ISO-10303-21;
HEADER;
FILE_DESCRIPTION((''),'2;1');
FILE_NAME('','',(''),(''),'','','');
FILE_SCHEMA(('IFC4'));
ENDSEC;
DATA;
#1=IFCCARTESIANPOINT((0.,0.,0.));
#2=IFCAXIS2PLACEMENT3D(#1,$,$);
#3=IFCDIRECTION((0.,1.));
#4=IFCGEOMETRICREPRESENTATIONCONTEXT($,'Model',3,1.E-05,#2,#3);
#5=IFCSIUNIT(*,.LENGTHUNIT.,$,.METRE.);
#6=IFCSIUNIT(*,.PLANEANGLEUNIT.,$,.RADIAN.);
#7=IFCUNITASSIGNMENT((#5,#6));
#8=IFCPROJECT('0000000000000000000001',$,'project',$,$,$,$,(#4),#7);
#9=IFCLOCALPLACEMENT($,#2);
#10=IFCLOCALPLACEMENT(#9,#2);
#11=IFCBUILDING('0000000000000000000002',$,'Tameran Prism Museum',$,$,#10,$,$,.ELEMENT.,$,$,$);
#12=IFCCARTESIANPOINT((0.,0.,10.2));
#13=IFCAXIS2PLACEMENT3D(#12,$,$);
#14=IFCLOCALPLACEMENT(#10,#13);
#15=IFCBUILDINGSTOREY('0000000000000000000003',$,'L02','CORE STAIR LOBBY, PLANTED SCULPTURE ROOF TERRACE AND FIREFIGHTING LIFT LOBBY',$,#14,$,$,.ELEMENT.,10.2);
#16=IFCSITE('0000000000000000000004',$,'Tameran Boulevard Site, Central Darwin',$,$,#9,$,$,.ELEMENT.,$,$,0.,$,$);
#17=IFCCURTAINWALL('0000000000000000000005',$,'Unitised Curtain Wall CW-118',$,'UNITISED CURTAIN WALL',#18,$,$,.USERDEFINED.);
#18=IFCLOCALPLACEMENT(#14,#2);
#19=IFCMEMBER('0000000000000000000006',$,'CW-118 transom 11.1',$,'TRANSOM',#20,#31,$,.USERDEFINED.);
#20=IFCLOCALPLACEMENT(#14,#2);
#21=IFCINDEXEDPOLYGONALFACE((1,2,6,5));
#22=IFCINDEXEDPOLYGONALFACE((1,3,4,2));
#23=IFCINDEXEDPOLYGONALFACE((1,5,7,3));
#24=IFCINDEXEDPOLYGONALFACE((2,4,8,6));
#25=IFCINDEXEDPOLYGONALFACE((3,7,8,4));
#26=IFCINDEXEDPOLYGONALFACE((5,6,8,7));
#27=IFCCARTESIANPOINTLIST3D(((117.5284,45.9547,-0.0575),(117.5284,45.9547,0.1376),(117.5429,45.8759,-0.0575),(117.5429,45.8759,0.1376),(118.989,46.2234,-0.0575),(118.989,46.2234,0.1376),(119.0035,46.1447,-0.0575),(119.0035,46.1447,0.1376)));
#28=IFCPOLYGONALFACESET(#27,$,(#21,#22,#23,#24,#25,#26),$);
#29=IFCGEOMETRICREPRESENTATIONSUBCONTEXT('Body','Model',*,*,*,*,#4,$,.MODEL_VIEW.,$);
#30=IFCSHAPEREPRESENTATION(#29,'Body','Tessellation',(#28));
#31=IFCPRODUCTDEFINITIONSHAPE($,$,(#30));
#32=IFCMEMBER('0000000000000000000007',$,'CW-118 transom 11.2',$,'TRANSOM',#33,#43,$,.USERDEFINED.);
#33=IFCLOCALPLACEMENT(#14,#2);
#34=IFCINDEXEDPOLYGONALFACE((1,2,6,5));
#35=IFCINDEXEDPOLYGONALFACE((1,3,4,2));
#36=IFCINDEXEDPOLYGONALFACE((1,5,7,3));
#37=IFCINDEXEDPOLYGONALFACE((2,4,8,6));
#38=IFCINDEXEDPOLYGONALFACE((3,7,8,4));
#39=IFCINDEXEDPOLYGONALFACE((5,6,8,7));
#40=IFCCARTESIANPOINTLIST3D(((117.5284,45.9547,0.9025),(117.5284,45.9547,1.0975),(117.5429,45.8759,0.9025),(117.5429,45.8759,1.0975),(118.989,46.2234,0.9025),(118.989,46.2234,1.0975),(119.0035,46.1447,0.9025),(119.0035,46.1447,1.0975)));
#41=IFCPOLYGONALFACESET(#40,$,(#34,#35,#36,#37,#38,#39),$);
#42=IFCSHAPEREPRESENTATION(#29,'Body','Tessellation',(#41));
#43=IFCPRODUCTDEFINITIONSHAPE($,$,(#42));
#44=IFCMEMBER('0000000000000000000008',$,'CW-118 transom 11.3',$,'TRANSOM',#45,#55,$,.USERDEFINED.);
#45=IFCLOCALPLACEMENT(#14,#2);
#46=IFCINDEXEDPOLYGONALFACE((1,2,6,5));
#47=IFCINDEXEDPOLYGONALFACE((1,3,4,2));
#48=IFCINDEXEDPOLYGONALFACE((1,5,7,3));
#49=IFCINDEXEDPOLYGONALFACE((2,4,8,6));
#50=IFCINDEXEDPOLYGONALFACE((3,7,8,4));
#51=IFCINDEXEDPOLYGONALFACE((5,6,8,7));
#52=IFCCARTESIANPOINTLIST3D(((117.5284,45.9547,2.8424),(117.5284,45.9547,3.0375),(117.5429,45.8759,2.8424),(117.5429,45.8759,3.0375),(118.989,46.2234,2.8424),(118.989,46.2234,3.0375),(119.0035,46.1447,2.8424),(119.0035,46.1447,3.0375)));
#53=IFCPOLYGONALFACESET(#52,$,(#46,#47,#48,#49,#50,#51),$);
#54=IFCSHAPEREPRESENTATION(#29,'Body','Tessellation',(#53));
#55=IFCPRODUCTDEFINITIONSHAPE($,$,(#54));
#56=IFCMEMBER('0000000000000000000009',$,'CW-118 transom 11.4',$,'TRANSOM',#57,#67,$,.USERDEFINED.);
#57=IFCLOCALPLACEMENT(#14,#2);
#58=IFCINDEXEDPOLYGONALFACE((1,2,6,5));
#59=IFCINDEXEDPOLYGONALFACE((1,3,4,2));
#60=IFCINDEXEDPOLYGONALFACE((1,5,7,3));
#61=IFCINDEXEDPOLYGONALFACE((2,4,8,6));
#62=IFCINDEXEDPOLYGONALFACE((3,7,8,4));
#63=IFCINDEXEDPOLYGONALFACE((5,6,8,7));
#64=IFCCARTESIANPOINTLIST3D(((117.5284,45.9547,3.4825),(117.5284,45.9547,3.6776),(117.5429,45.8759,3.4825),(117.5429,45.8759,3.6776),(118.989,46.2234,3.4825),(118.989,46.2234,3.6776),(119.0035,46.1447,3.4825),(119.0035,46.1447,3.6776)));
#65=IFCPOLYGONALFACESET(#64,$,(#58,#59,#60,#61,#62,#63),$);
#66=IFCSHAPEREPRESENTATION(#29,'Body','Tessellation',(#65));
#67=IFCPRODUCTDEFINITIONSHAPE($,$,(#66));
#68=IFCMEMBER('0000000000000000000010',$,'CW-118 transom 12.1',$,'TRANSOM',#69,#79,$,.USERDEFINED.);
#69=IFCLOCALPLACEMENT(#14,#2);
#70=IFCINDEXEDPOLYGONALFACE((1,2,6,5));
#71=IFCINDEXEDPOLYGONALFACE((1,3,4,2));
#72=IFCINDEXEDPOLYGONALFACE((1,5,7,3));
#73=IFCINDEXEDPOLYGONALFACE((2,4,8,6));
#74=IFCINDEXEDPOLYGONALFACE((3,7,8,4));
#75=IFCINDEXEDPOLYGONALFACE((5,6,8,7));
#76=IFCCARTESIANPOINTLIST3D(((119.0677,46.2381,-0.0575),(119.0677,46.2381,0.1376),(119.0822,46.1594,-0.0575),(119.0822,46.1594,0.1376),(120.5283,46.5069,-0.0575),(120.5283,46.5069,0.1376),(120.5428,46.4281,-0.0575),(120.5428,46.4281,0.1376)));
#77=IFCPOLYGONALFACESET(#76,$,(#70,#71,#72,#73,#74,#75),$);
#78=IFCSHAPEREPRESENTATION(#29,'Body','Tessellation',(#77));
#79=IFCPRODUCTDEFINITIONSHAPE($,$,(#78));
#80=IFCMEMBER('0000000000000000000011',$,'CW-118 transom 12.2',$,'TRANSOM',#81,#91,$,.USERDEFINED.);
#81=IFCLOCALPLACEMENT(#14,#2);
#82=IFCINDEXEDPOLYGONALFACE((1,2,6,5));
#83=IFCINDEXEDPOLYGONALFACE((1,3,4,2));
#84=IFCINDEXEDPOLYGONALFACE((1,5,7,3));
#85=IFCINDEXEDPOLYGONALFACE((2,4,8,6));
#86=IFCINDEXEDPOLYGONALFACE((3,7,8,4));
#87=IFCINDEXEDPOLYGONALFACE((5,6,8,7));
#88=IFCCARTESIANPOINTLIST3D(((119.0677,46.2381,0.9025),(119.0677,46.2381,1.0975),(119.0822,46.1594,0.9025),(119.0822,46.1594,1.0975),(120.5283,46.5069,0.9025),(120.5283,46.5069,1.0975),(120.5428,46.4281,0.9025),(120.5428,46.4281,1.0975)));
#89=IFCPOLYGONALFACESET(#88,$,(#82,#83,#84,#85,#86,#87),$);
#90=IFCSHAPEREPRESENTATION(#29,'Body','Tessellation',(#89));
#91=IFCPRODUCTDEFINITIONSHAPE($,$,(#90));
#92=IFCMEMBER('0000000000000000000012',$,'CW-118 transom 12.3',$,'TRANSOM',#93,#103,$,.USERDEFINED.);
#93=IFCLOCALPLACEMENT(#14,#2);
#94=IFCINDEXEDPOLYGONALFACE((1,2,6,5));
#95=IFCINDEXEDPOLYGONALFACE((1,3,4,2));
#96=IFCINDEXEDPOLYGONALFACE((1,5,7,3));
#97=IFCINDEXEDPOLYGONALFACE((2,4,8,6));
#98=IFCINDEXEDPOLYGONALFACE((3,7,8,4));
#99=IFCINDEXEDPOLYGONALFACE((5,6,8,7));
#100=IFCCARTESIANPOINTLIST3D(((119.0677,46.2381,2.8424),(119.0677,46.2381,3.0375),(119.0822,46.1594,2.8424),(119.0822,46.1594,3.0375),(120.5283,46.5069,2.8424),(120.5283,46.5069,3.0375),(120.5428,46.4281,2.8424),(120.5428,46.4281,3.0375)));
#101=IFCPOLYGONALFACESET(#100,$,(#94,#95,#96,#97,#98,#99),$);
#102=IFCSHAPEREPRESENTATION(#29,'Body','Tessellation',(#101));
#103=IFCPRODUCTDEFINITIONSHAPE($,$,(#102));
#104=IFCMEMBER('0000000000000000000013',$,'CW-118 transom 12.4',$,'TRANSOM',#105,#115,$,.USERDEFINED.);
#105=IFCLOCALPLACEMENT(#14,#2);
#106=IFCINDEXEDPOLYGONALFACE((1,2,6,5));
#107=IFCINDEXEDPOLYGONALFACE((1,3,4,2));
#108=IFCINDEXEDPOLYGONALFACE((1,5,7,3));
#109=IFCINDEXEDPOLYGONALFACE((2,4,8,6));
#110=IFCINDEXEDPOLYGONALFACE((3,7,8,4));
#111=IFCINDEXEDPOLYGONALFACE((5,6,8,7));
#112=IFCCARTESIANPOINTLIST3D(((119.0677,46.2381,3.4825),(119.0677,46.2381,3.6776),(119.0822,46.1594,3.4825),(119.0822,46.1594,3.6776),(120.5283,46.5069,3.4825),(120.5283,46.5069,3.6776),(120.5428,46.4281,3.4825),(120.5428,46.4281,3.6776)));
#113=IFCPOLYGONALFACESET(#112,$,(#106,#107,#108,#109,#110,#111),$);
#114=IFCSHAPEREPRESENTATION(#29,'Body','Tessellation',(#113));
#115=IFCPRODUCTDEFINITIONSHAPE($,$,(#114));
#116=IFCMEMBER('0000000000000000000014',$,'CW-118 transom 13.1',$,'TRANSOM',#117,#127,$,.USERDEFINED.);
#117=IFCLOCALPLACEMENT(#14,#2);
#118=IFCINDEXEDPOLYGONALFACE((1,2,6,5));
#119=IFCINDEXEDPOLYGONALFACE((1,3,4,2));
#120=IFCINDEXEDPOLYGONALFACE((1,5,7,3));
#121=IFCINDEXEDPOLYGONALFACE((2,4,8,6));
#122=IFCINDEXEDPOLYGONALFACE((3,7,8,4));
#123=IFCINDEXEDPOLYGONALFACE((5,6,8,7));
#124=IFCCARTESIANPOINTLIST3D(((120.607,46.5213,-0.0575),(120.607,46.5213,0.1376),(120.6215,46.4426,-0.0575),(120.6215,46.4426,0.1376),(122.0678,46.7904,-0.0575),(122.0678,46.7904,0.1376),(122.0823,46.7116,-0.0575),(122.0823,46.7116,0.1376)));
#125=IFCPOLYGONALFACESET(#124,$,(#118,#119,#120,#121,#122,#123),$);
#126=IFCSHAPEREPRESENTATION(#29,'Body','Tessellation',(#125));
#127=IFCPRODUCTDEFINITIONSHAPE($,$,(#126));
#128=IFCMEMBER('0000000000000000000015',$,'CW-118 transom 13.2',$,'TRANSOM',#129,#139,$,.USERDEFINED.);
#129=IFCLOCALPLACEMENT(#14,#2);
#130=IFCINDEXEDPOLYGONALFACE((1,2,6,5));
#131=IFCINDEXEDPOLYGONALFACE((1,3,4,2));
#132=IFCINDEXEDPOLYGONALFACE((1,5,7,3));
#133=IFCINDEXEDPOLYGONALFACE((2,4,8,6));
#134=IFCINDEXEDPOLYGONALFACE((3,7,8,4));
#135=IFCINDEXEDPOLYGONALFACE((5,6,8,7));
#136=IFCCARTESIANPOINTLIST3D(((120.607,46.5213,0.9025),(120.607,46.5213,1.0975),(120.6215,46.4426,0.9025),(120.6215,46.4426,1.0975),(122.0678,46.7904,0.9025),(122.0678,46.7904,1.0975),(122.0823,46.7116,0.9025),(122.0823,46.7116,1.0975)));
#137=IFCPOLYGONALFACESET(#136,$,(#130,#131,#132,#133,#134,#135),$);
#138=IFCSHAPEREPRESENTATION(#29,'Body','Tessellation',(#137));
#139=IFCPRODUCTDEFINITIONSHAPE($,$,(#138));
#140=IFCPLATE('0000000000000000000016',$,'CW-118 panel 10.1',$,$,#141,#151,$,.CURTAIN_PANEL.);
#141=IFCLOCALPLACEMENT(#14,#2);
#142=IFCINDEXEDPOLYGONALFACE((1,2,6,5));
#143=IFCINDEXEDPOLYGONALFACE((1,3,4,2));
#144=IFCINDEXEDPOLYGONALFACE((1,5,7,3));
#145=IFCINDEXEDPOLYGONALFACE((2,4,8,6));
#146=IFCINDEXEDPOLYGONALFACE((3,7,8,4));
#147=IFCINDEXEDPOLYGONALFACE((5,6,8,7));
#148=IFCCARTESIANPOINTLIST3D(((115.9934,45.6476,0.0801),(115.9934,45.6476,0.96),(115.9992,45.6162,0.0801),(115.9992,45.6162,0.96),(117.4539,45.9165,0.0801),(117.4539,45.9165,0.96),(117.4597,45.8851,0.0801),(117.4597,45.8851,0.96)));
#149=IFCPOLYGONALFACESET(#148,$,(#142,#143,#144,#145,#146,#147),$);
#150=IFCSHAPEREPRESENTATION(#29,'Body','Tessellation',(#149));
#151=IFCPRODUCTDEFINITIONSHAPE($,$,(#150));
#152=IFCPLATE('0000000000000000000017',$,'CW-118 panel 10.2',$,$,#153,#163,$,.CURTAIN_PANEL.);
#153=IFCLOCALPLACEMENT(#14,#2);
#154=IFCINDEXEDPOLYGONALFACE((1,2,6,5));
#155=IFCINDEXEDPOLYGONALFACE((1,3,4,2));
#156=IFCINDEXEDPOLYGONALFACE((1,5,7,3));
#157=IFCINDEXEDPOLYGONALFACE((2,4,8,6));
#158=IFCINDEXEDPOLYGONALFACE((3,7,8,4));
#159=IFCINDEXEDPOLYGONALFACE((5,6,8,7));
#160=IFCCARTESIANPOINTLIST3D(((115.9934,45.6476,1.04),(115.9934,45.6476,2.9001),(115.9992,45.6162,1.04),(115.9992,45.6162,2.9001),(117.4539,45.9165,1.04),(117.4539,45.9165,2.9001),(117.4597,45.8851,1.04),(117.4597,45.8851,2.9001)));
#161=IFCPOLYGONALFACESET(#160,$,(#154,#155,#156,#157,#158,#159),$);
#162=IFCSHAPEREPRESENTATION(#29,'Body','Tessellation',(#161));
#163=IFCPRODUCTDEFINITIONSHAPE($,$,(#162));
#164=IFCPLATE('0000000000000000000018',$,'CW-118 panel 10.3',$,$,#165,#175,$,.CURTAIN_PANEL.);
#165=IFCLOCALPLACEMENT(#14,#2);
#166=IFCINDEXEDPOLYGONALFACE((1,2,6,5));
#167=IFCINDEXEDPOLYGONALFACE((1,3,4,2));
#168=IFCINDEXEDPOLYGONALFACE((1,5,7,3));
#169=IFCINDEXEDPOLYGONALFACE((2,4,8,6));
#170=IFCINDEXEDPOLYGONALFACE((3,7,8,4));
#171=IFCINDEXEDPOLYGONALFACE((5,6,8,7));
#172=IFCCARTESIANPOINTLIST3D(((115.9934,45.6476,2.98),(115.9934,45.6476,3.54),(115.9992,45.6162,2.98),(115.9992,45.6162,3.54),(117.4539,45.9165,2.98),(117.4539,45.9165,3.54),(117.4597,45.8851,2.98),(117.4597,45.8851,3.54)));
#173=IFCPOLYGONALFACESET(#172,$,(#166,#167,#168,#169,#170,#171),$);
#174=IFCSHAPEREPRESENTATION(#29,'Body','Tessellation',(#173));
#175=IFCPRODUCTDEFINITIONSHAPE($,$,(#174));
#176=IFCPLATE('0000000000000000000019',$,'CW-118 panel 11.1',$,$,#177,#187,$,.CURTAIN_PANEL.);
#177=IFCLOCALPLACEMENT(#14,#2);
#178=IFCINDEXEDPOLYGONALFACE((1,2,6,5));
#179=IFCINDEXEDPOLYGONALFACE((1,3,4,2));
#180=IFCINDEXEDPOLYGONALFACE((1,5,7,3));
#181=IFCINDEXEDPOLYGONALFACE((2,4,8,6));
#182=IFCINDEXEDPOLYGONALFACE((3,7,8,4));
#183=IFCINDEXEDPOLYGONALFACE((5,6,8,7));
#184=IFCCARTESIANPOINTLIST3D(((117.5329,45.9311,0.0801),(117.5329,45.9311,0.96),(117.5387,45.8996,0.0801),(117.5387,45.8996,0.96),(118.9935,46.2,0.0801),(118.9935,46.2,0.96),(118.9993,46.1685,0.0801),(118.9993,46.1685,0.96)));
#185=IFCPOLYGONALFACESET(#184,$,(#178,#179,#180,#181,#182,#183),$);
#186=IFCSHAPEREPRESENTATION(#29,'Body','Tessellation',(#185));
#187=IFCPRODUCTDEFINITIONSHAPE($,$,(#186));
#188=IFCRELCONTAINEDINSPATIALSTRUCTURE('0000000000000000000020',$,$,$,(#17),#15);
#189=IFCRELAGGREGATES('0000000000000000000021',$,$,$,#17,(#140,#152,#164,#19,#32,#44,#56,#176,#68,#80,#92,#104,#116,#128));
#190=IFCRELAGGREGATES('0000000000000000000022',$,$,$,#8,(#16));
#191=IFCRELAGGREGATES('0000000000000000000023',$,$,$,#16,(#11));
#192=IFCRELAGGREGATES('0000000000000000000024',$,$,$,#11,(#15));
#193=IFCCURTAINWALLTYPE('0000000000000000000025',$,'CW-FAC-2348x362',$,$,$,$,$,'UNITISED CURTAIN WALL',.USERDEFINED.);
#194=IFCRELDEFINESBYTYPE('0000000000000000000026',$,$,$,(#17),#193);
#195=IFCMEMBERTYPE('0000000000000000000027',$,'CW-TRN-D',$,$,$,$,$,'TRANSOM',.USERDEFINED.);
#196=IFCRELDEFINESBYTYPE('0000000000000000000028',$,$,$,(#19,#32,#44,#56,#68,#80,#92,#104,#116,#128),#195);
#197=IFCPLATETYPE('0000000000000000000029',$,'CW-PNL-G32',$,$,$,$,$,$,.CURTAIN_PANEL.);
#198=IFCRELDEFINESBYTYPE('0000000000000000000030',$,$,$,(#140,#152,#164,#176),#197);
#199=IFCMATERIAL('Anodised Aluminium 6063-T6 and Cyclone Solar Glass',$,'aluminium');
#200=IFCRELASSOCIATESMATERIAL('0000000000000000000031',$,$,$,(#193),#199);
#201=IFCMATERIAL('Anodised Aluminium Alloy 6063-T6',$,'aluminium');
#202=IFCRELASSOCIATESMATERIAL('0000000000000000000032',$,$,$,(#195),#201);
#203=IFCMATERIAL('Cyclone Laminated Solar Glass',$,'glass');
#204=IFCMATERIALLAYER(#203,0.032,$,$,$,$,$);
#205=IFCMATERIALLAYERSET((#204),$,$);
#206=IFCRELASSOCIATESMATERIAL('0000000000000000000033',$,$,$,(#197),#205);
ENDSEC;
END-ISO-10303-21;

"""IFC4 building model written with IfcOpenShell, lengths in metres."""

from ifc_helpers import new_model, si_unit, direction, frame, origin, origin_2d, place, context, subcontext, project, spatial, rectangle, extrude, material, layer, layer_set, material_profile, profile_set, type_object, element, aggregate, save


model = new_model("IFC4")

# Units and contexts
model_context = context("Model", 3, precision=1e-05, world=origin(), true_north=direction((0.0, 1.0)))
body_context = subcontext(model_context, "Body", "Model", "MODEL_VIEW")
ifc_project = project(units=[si_unit("LENGTHUNIT", "METRE"), si_unit("PLANEANGLEUNIT", "RADIAN")], contexts=[model_context])

# Site, building, storey
site_placement = place(None, origin())
site = spatial("IfcSite", under=ifc_project, at=site_placement, Name="Tameran Boulevard Site, Central Darwin", CompositionType="ELEMENT", RefElevation=0.0)
building_placement = place(site_placement, origin())
building = spatial("IfcBuilding", under=site, at=building_placement, Name="Tameran Prism Museum", CompositionType="ELEMENT")
storey_placement = place(building_placement, frame((0.0, 0.0, 10.2)))
storey = spatial("IfcBuildingStorey", under=building, at=storey_placement, Name="L02", Description="CORE STAIR LOBBY, PLANTED SCULPTURE ROOF TERRACE AND FIREFIGHTING LIFT LOBBY", CompositionType="ELEMENT", Elevation=10.2)

# Curtain wall, members, plates
ifc_material_1 = material(Name="Anodised Aluminium 6063-T6 and Cyclone Solar Glass", Category="aluminium")
curtain_wall_type = type_object("IfcCurtainWallType", Name="CW-FAC-2348x362", ElementType="UNITISED CURTAIN WALL", PredefinedType="USERDEFINED", material=ifc_material_1)
curtain_wall_placement = place(storey_placement, origin())
curtain_wall = element("IfcCurtainWall", 1, at=curtain_wall_placement, inside=storey, type_object=curtain_wall_type, Name="Unitised Curtain Wall CW-118", ObjectType="UNITISED CURTAIN WALL", PredefinedType="USERDEFINED")
ifc_material_2 = material(Name="Anodised Aluminium Alloy 6063-T6", Category="aluminium")
ifc_material_profile_1 = material_profile(ifc_material_2, rectangle(XDim=0.0801, YDim=0.1951, at=origin_2d()))
ifc_profile_set_1 = profile_set([ifc_material_profile_1])
member_type_1 = type_object("IfcMemberType", Name="CW-TRN-D", ElementType="TRANSOM", PredefinedType="USERDEFINED", material=ifc_profile_set_1)
member_1_placement = place(storey_placement, frame((117.5356, 45.9153, 0.04), z_axis=(0.983486, 0.180983, 0.0), x_axis=(-0.180983, 0.983486, 0.0)))
member_1 = element("IfcMember", 2, at=member_1_placement, type_object=member_type_1, Name="CW-118 transom 11.1", ObjectType="TRANSOM", PredefinedType="USERDEFINED", context=body_context, shape_type="SweptSolid", body=[
    extrude(rectangle(XDim=0.0801, YDim=0.1951, at=origin_2d()), origin(), (0.0, 0.0, 1.0), 1.4851),
])
member_2_placement = place(storey_placement, frame((117.5356, 45.9153, 1.0), z_axis=(0.983486, 0.180983, 0.0), x_axis=(-0.180983, 0.983486, 0.0)))
member_2 = element("IfcMember", 3, at=member_2_placement, type_object=member_type_1, Name="CW-118 transom 11.2", ObjectType="TRANSOM", PredefinedType="USERDEFINED", context=body_context, shape_type="SweptSolid", body=[
    extrude(rectangle(XDim=0.0801, YDim=0.1951, at=origin_2d()), origin(), (0.0, 0.0, 1.0), 1.4851),
])
member_3_placement = place(storey_placement, frame((117.5356, 45.9153, 2.9399), z_axis=(0.983486, 0.180983, 0.0), x_axis=(-0.180983, 0.983486, 0.0)))
member_3 = element("IfcMember", 4, at=member_3_placement, type_object=member_type_1, Name="CW-118 transom 11.3", ObjectType="TRANSOM", PredefinedType="USERDEFINED", context=body_context, shape_type="SweptSolid", body=[
    extrude(rectangle(XDim=0.0801, YDim=0.1951, at=origin_2d()), origin(), (0.0, 0.0, 1.0), 1.4851),
])
member_4_placement = place(storey_placement, frame((117.5356, 45.9153, 3.5801), z_axis=(0.983486, 0.180983, 0.0), x_axis=(-0.180983, 0.983486, 0.0)))
member_4 = element("IfcMember", 5, at=member_4_placement, type_object=member_type_1, Name="CW-118 transom 11.4", ObjectType="TRANSOM", PredefinedType="USERDEFINED", context=body_context, shape_type="SweptSolid", body=[
    extrude(rectangle(XDim=0.0801, YDim=0.1951, at=origin_2d()), origin(), (0.0, 0.0, 1.0), 1.4851),
])
member_5_placement = place(storey_placement, frame((119.075, 46.1987, 0.04), z_axis=(0.983486, 0.180983, 0.0), x_axis=(-0.180983, 0.983486, 0.0)))
member_5 = element("IfcMember", 6, at=member_5_placement, type_object=member_type_1, Name="CW-118 transom 12.1", ObjectType="TRANSOM", PredefinedType="USERDEFINED", context=body_context, shape_type="SweptSolid", body=[
    extrude(rectangle(XDim=0.0801, YDim=0.1951, at=origin_2d()), origin(), (0.0, 0.0, 1.0), 1.4851),
])
member_6_placement = place(storey_placement, frame((119.075, 46.1987, 1.0), z_axis=(0.983486, 0.180983, 0.0), x_axis=(-0.180983, 0.983486, 0.0)))
member_6 = element("IfcMember", 7, at=member_6_placement, type_object=member_type_1, Name="CW-118 transom 12.2", ObjectType="TRANSOM", PredefinedType="USERDEFINED", context=body_context, shape_type="SweptSolid", body=[
    extrude(rectangle(XDim=0.0801, YDim=0.1951, at=origin_2d()), origin(), (0.0, 0.0, 1.0), 1.4851),
])
member_7_placement = place(storey_placement, frame((119.075, 46.1987, 2.9399), z_axis=(0.983486, 0.180983, 0.0), x_axis=(-0.180983, 0.983486, 0.0)))
member_7 = element("IfcMember", 8, at=member_7_placement, type_object=member_type_1, Name="CW-118 transom 12.3", ObjectType="TRANSOM", PredefinedType="USERDEFINED", context=body_context, shape_type="SweptSolid", body=[
    extrude(rectangle(XDim=0.0801, YDim=0.1951, at=origin_2d()), origin(), (0.0, 0.0, 1.0), 1.4851),
])
member_8_placement = place(storey_placement, frame((119.075, 46.1987, 3.5801), z_axis=(0.983486, 0.180983, 0.0), x_axis=(-0.180983, 0.983486, 0.0)))
member_8 = element("IfcMember", 9, at=member_8_placement, type_object=member_type_1, Name="CW-118 transom 12.4", ObjectType="TRANSOM", PredefinedType="USERDEFINED", context=body_context, shape_type="SweptSolid", body=[
    extrude(rectangle(XDim=0.0801, YDim=0.1951, at=origin_2d()), origin(), (0.0, 0.0, 1.0), 1.4851),
])
member_9_placement = place(storey_placement, frame((120.6143, 46.4819, 0.04), z_axis=(0.983457, 0.181142, 0.0), x_axis=(-0.181142, 0.983457, 0.0)))
member_9 = element("IfcMember", 10, at=member_9_placement, type_object=member_type_1, Name="CW-118 transom 13.1", ObjectType="TRANSOM", PredefinedType="USERDEFINED", context=body_context, shape_type="SweptSolid", body=[
    extrude(rectangle(XDim=0.0801, YDim=0.1951, at=origin_2d()), origin(), (0.0, 0.0, 1.0), 1.4854),
])
member_10_placement = place(storey_placement, frame((120.6143, 46.4819, 1.0), z_axis=(0.983457, 0.181142, 0.0), x_axis=(-0.181142, 0.983457, 0.0)))
member_10 = element("IfcMember", 11, at=member_10_placement, type_object=member_type_1, Name="CW-118 transom 13.2", ObjectType="TRANSOM", PredefinedType="USERDEFINED", context=body_context, shape_type="SweptSolid", body=[
    extrude(rectangle(XDim=0.0801, YDim=0.1951, at=origin_2d()), origin(), (0.0, 0.0, 1.0), 1.4854),
])
ifc_material_3 = material(Name="Cyclone Laminated Solar Glass", Category="glass")
ifc_layer_1 = layer(ifc_material_3, 0.032)
ifc_layer_set_1 = layer_set([ifc_layer_1])
plate_type = type_object("IfcPlateType", Name="CW-PNL-G32", PredefinedType="CURTAIN_PANEL", material=ifc_layer_set_1)
plate_1_placement = place(storey_placement, frame((116.7266, 45.7664, 0.0801), z_axis=(0.0, 0.0, 1.0), x_axis=(0.983472, 0.181063, 0.0)))
plate_1 = element("IfcPlate", 12, at=plate_1_placement, type_object=plate_type, Name="CW-118 panel 10.1", PredefinedType="CURTAIN_PANEL", context=body_context, shape_type="SweptSolid", body=[
    extrude(rectangle(XDim=1.4851, YDim=0.032, at=origin_2d()), origin(), (0.0, 0.0, 1.0), 0.8799),
])
plate_2_placement = place(storey_placement, frame((116.7266, 45.7664, 1.04), z_axis=(0.0, 0.0, 1.0), x_axis=(0.983472, 0.181063, 0.0)))
plate_2 = element("IfcPlate", 13, at=plate_2_placement, type_object=plate_type, Name="CW-118 panel 10.2", PredefinedType="CURTAIN_PANEL", context=body_context, shape_type="SweptSolid", body=[
    extrude(rectangle(XDim=1.4851, YDim=0.032, at=origin_2d()), origin(), (0.0, 0.0, 1.0), 1.8601),
])
plate_3_placement = place(storey_placement, frame((116.7266, 45.7664, 2.98), z_axis=(0.0, 0.0, 1.0), x_axis=(0.983472, 0.181063, 0.0)))
plate_3 = element("IfcPlate", 14, at=plate_3_placement, type_object=plate_type, Name="CW-118 panel 10.3", PredefinedType="CURTAIN_PANEL", context=body_context, shape_type="SweptSolid", body=[
    extrude(rectangle(XDim=1.4851, YDim=0.032, at=origin_2d()), origin(), (0.0, 0.0, 1.0), 0.5601),
])
plate_4_placement = place(storey_placement, frame((118.2661, 46.0498, 0.0801), z_axis=(0.0, 0.0, 1.0), x_axis=(0.983472, 0.181063, 0.0)))
plate_4 = element("IfcPlate", 15, at=plate_4_placement, type_object=plate_type, Name="CW-118 panel 11.1", PredefinedType="CURTAIN_PANEL", context=body_context, shape_type="SweptSolid", body=[
    extrude(rectangle(XDim=1.4851, YDim=0.032, at=origin_2d()), origin(), (0.0, 0.0, 1.0), 0.8799),
])
aggregate(curtain_wall, [plate_1, plate_2, plate_3, member_1, member_2, member_3, member_4, plate_4, member_5, member_6, member_7, member_8, member_9, member_10])

save(model, "model.ifc")
